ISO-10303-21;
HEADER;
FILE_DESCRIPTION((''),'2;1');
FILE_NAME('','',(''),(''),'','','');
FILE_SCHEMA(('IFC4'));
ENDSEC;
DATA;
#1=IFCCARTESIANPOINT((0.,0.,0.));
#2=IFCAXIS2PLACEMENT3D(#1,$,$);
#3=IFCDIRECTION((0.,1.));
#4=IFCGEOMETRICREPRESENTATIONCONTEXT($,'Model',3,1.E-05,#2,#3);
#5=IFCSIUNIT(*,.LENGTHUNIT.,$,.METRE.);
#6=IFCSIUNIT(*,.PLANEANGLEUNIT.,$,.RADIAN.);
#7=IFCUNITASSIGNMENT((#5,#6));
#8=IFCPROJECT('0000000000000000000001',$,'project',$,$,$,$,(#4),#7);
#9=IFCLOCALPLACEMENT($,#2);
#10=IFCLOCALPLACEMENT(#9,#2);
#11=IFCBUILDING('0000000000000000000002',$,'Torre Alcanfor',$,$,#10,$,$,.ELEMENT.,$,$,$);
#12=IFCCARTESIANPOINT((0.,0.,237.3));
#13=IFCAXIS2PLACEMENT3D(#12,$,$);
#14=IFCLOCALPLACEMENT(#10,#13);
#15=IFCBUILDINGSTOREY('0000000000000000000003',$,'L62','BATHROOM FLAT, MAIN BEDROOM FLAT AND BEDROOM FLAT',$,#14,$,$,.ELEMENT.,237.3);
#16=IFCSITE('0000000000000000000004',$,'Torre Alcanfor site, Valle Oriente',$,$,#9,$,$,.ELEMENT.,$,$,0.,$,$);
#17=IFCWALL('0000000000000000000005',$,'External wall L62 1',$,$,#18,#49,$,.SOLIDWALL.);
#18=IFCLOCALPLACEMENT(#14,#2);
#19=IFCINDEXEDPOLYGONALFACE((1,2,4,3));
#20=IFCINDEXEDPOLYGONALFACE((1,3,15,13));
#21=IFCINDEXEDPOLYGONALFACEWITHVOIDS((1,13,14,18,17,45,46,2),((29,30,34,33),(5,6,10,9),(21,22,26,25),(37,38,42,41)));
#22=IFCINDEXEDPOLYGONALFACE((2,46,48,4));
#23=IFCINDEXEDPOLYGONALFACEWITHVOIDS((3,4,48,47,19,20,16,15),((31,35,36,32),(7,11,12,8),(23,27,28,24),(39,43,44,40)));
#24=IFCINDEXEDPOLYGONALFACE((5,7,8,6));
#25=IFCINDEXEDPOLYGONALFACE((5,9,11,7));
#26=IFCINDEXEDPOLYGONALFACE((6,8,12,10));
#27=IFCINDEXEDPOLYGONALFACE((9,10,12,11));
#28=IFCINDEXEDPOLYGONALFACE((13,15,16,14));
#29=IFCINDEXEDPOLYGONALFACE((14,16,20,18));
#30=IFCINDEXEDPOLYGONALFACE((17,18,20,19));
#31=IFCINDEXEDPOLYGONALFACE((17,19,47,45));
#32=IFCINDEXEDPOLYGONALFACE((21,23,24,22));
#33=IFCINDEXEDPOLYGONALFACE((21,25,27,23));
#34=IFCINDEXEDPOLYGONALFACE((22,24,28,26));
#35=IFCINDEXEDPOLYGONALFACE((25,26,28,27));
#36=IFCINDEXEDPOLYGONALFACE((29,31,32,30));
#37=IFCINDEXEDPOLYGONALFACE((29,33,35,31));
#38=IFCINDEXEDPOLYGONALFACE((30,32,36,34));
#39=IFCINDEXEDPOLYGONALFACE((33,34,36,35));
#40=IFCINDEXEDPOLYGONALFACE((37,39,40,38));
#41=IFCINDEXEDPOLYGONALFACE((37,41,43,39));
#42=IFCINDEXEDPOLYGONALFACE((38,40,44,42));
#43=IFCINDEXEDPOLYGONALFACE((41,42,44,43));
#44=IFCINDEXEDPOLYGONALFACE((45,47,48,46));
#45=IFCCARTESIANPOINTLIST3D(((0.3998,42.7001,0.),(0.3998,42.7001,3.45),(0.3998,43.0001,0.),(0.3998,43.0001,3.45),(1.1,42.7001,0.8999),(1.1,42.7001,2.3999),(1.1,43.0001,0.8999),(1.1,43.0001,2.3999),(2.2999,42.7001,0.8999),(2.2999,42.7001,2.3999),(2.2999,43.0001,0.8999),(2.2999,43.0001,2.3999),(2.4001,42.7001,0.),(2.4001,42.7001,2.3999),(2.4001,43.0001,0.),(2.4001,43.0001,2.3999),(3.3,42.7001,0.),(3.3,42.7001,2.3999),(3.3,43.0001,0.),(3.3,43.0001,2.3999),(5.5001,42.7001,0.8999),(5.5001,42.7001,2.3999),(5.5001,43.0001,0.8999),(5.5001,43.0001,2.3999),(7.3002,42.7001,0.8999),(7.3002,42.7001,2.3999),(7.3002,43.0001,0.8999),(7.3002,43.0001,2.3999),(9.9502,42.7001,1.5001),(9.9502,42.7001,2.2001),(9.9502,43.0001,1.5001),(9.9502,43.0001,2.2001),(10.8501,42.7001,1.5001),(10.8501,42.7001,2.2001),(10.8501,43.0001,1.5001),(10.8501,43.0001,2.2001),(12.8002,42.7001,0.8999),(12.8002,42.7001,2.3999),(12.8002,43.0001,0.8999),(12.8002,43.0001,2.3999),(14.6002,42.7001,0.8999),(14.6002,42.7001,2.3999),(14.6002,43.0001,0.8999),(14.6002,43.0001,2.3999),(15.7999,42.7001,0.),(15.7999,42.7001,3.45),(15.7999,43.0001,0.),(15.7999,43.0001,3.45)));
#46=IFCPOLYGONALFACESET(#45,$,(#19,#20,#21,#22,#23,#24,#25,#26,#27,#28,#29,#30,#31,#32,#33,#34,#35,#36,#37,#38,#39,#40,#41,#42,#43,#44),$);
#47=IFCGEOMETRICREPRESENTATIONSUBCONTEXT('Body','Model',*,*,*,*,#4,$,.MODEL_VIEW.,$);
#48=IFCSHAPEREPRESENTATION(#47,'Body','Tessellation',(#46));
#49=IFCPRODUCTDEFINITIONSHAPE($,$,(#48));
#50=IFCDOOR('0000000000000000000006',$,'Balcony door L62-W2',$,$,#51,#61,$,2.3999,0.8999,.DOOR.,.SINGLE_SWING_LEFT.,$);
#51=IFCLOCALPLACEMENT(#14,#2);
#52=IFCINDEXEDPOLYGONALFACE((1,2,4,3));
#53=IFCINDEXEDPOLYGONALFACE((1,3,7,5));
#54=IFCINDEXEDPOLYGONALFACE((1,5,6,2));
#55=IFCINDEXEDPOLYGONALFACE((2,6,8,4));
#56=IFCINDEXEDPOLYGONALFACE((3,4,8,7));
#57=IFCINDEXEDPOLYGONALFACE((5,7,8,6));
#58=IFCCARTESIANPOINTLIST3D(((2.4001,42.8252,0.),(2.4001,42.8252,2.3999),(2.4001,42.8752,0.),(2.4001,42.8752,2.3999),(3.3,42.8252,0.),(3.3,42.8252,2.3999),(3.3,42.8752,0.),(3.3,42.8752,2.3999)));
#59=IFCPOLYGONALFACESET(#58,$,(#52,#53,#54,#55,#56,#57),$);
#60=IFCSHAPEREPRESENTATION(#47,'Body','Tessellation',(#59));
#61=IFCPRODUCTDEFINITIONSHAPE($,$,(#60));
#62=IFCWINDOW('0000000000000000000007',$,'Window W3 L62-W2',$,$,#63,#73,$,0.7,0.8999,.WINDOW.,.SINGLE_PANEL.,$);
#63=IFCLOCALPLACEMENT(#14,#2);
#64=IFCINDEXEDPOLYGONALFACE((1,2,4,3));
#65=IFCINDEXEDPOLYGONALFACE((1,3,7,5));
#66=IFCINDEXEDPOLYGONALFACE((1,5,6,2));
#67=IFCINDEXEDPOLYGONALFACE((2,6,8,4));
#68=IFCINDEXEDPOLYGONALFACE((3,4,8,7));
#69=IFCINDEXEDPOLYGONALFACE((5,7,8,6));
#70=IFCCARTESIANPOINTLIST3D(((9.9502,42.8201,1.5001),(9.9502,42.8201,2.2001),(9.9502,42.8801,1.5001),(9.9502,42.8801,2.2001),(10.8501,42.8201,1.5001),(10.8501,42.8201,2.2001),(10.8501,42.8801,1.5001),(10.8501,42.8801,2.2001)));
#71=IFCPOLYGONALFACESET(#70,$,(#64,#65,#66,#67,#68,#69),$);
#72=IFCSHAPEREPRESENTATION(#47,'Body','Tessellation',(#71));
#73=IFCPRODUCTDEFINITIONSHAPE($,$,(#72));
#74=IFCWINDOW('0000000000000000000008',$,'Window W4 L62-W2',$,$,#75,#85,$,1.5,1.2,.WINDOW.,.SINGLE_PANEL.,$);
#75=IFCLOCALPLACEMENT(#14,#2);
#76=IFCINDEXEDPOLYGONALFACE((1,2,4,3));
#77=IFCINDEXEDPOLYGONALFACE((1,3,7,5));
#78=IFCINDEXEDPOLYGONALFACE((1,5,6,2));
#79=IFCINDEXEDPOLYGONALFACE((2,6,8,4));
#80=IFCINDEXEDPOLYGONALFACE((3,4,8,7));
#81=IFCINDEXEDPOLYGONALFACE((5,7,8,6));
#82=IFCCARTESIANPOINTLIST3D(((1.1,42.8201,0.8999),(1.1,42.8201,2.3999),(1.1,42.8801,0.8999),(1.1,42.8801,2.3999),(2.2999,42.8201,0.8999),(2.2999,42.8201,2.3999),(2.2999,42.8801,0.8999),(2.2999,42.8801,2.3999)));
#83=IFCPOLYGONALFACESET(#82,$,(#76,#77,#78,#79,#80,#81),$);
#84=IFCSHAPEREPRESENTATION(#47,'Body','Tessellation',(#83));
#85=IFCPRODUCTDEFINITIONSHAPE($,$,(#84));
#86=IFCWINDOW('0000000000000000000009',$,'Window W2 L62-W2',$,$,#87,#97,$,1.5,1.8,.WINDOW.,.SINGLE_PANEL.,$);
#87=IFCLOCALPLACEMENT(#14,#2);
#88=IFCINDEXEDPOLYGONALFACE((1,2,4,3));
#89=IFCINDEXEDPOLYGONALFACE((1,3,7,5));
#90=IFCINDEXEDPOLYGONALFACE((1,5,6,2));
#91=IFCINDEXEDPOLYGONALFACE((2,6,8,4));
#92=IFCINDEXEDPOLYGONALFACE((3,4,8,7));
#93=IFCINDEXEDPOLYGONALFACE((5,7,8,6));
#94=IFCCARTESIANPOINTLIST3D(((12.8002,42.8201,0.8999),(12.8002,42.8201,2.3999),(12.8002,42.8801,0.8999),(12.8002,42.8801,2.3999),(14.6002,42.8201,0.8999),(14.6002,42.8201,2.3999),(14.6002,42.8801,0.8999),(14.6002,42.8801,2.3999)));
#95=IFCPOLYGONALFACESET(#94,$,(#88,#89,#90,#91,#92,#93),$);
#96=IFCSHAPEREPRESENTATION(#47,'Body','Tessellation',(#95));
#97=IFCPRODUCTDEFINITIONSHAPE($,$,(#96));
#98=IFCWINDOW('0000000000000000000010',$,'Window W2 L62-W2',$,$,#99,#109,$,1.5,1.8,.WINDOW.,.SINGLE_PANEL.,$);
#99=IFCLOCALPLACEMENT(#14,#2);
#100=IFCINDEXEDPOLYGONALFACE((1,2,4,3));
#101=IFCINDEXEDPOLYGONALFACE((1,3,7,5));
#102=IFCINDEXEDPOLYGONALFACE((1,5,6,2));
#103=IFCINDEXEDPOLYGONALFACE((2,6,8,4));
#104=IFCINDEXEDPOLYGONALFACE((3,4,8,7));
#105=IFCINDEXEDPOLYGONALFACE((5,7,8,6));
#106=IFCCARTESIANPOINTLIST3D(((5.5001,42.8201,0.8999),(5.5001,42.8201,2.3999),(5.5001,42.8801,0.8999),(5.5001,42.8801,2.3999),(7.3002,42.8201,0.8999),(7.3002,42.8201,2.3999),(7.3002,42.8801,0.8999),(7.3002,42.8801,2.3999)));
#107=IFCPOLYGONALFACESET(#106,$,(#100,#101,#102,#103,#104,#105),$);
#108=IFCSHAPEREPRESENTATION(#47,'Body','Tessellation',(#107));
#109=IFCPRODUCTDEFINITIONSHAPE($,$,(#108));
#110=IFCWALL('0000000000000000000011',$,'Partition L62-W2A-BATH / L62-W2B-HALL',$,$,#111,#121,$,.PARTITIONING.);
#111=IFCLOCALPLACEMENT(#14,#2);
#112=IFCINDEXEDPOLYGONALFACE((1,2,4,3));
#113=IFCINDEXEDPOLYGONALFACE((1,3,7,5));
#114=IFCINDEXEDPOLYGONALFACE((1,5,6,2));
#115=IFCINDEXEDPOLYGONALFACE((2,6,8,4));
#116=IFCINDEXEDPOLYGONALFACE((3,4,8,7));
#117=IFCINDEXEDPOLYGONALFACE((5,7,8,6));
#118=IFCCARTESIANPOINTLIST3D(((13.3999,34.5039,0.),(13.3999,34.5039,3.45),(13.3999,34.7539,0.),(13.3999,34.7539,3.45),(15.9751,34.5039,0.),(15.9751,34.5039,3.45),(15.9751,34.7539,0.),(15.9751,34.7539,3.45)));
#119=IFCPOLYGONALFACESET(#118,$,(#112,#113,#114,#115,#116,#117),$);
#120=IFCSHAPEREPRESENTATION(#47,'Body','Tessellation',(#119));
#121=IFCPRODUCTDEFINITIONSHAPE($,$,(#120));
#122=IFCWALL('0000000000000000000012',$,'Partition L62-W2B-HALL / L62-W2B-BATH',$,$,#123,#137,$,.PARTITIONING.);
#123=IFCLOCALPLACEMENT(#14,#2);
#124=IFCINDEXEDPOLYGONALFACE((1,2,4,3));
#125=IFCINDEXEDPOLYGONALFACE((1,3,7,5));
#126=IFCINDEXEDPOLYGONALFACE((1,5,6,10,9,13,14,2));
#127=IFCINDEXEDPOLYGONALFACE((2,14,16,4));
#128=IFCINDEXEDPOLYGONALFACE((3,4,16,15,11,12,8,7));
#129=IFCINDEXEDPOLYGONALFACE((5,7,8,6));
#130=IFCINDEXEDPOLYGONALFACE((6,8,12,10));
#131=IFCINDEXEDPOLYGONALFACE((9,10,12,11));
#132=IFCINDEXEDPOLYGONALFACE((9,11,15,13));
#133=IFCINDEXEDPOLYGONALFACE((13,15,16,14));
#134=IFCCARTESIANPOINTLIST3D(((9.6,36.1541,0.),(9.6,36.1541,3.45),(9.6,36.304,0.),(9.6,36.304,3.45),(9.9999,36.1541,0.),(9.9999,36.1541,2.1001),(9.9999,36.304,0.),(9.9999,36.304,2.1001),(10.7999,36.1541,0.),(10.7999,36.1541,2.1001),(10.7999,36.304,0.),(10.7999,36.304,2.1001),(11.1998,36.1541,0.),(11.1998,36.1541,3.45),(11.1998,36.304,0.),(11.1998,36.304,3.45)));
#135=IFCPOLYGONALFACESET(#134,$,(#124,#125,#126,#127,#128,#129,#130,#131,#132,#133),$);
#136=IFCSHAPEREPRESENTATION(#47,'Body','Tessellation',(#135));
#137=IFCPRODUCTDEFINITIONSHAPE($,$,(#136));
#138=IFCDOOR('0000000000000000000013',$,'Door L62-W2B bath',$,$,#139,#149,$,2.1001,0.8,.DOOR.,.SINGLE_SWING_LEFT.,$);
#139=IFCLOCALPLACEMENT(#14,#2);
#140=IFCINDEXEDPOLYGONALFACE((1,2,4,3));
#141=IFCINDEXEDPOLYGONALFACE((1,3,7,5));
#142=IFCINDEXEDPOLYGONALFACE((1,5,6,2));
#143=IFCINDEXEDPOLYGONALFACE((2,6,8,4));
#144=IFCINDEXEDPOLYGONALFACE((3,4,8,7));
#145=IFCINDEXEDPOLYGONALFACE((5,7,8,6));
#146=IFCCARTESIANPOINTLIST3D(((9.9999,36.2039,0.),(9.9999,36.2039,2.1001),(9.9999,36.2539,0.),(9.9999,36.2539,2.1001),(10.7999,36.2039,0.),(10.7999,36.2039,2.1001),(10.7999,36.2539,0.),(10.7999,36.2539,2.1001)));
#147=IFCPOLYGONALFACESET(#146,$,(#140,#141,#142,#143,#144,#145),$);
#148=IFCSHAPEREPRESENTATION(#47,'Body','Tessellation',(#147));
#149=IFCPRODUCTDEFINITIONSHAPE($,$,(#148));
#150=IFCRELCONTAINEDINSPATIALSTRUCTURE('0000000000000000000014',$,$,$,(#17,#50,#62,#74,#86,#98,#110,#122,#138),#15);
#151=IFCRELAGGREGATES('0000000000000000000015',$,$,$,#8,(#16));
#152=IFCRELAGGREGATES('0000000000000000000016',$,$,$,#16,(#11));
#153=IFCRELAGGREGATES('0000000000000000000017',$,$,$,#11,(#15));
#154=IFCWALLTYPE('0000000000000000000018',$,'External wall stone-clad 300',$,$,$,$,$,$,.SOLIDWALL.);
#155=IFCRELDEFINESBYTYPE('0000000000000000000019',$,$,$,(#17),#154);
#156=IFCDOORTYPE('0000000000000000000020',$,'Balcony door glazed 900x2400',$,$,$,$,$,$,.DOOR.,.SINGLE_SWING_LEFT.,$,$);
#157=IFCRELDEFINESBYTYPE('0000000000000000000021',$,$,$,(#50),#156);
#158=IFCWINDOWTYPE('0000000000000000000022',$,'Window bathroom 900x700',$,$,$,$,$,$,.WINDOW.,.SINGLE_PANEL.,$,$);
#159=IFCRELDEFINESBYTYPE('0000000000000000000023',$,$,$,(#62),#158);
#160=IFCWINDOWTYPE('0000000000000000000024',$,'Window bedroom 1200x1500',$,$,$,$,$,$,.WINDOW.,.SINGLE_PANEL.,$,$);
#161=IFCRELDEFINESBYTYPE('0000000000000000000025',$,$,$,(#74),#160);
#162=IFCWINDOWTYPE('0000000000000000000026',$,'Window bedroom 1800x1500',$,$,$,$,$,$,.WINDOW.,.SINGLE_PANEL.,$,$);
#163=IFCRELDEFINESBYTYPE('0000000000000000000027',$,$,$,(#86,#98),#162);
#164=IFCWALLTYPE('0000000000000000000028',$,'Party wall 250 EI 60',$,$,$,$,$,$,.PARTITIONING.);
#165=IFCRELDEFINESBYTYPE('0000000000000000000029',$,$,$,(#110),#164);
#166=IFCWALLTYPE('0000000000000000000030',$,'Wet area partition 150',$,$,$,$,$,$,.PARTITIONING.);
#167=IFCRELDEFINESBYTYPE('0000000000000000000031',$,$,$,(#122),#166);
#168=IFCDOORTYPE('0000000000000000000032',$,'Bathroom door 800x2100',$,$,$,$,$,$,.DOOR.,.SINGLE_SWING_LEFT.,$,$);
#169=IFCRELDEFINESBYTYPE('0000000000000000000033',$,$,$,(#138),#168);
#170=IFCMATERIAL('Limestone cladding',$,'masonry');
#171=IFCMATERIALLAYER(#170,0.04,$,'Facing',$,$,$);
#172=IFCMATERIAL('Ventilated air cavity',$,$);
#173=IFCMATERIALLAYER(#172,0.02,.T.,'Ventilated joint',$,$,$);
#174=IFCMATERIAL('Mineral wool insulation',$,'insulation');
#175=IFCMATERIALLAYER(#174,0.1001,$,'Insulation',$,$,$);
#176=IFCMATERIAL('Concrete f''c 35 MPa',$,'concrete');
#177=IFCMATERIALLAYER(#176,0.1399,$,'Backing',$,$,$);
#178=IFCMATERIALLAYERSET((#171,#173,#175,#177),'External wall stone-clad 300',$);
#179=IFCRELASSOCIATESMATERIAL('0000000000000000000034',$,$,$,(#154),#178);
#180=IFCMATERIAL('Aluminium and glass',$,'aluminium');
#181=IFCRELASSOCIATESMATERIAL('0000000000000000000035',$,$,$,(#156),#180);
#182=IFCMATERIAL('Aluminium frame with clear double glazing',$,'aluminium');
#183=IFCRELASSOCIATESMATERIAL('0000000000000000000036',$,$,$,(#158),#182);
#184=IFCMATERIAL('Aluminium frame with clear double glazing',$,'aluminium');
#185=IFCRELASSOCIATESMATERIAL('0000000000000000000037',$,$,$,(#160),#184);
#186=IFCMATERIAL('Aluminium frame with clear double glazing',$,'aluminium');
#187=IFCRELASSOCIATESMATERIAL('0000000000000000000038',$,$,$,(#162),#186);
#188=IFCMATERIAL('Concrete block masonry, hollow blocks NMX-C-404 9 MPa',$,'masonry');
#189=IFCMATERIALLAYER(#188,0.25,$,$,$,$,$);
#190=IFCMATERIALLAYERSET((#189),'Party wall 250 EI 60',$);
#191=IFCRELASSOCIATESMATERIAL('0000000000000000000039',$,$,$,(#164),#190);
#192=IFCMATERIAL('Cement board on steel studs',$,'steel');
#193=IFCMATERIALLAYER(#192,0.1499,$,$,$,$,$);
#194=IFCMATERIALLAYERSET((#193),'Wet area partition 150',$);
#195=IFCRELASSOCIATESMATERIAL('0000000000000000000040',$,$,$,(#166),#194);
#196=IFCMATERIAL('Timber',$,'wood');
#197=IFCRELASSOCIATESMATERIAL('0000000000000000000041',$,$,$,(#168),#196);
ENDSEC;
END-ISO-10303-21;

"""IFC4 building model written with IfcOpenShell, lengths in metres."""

from ifc_helpers import new_model, si_unit, direction, frame, frame_2d, origin, place, context, subcontext, project, spatial, rectangle, extrude, material, layer, layer_set, type_object, element, fill, save


model = new_model("IFC4")

# Units and contexts
model_context = context("Model", 3, precision=1e-05, world=origin(), true_north=direction((0.0, 1.0)))
body_context = subcontext(model_context, "Body", "Model", "MODEL_VIEW")
ifc_project = project(units=[si_unit("LENGTHUNIT", "METRE"), si_unit("PLANEANGLEUNIT", "RADIAN")], contexts=[model_context])

# Site, building, storey
site_placement = place(None, origin())
site = spatial("IfcSite", under=ifc_project, at=site_placement, Name="Torre Alcanfor site, Valle Oriente", CompositionType="ELEMENT", RefElevation=0.0)
building_placement = place(site_placement, origin())
building = spatial("IfcBuilding", under=site, at=building_placement, Name="Torre Alcanfor", CompositionType="ELEMENT")
storey_placement = place(building_placement, frame((0.0, 0.0, 237.3)))
storey = spatial("IfcBuildingStorey", under=building, at=storey_placement, Name="L62", Description="BATHROOM FLAT, MAIN BEDROOM FLAT AND BEDROOM FLAT", CompositionType="ELEMENT", Elevation=237.3)

# Wall, openings, door, windows
ifc_material_1 = material(Name="Limestone cladding", Category="masonry")
ifc_layer_1 = layer(ifc_material_1, 0.04, Name="Facing")
ifc_material_2 = material(Name="Ventilated air cavity")
ifc_layer_2 = layer(ifc_material_2, 0.02, ventilated=True, Name="Ventilated joint")
ifc_material_3 = material(Name="Mineral wool insulation", Category="insulation")
ifc_layer_3 = layer(ifc_material_3, 0.1001, Name="Insulation")
ifc_material_4 = material(Name="Concrete f'c 35 MPa", Category="concrete")
ifc_layer_4 = layer(ifc_material_4, 0.1399, Name="Backing")
ifc_layer_set_1 = layer_set([ifc_layer_1, ifc_layer_2, ifc_layer_3, ifc_layer_4], Name="External wall stone-clad 300")
wall_type_1 = type_object("IfcWallType", Name="External wall stone-clad 300", PredefinedType="SOLIDWALL", material=ifc_layer_set_1)
wall_1_placement = place(storey_placement, frame((15.8, 42.8501, 0.0), z_axis=(0.0, 0.0, 1.0), x_axis=(-1.0, 0.0, 0.0)))
wall_1 = element("IfcWall", 1, at=wall_1_placement, inside=storey, type_object=wall_type_1, Name="External wall L62 1", PredefinedType="SOLIDWALL", context=body_context, shape_type="SweptSolid", body=[
    extrude(rectangle(XDim=15.4001, YDim=0.3, at=frame_2d((7.7002, 0.0))), origin(), (0.0, 0.0, 1.0), 3.45),
])
opening_1_placement = place(wall_1_placement, frame((1.2, 0.0, 0.8999)))
opening_1 = element("IfcOpeningElement", 2, at=opening_1_placement, cuts=wall_1, PredefinedType="OPENING", context=body_context, shape_type="SweptSolid", body=[
    extrude(rectangle(XDim=1.8, YDim=1.5, at=frame_2d((0.8999, 0.75))), frame((0.0, 0.1599, 0.0), z_axis=(0.0, -1.0, 0.0), x_axis=(1.0, 0.0, 0.0)), (0.0, 0.0, 1.0), 0.3201),
])
opening_2_placement = place(wall_1_placement, frame((4.95, 0.0, 1.5)))
opening_2 = element("IfcOpeningElement", 3, at=opening_2_placement, cuts=wall_1, PredefinedType="OPENING", context=body_context, shape_type="SweptSolid", body=[
    extrude(rectangle(XDim=0.8999, YDim=0.7, at=frame_2d((0.45, 0.3501))), frame((0.0, 0.1599, 0.0), z_axis=(0.0, -1.0, 0.0), x_axis=(1.0, 0.0, 0.0)), (0.0, 0.0, 1.0), 0.3201),
])
opening_3_placement = place(wall_1_placement, frame((8.5, 0.0, 0.8999)))
opening_3 = element("IfcOpeningElement", 4, at=opening_3_placement, cuts=wall_1, PredefinedType="OPENING", context=body_context, shape_type="SweptSolid", body=[
    extrude(rectangle(XDim=1.8, YDim=1.5, at=frame_2d((0.8999, 0.75))), frame((0.0, 0.1599, 0.0), z_axis=(0.0, -1.0, 0.0), x_axis=(1.0, 0.0, 0.0)), (0.0, 0.0, 1.0), 0.3201),
])
opening_4_placement = place(wall_1_placement, frame((12.5, 0.0, 0.0)))
opening_4 = element("IfcOpeningElement", 5, at=opening_4_placement, cuts=wall_1, PredefinedType="OPENING", context=body_context, shape_type="SweptSolid", body=[
    extrude(rectangle(XDim=0.8999, YDim=2.3999, at=frame_2d((0.45, 1.2))), frame((0.0, 0.1599, 0.0), z_axis=(0.0, -1.0, 0.0), x_axis=(1.0, 0.0, 0.0)), (0.0, 0.0, 1.0), 0.3201),
])
opening_5_placement = place(wall_1_placement, frame((13.5, 0.0, 0.8999)))
opening_5 = element("IfcOpeningElement", 6, at=opening_5_placement, cuts=wall_1, PredefinedType="OPENING", context=body_context, shape_type="SweptSolid", body=[
    extrude(rectangle(XDim=1.2, YDim=1.5, at=frame_2d((0.6001, 0.75))), frame((0.0, 0.1599, 0.0), z_axis=(0.0, -1.0, 0.0), x_axis=(1.0, 0.0, 0.0)), (0.0, 0.0, 1.0), 0.3201),
])
ifc_material_5 = material(Name="Aluminium and glass", Category="aluminium")
door_type_1 = type_object("IfcDoorType", Name="Balcony door glazed 900x2400", OperationType="SINGLE_SWING_LEFT", PredefinedType="DOOR", material=ifc_material_5)
door_1_placement = place(opening_4_placement, origin())
door_1 = element("IfcDoor", 7, at=door_1_placement, inside=storey, type_object=door_type_1, Name="Balcony door L62-W2", OperationType="SINGLE_SWING_LEFT", OverallHeight=2.3999, OverallWidth=0.8999, PredefinedType="DOOR", context=body_context, shape_type="SweptSolid", body=[
    extrude(rectangle(XDim=0.8999, YDim=2.3999, at=frame_2d((0.45, 1.2))), frame((0.0, 0.0249, 0.0), z_axis=(0.0, -1.0, 0.0), x_axis=(1.0, 0.0, 0.0)), (0.0, 0.0, 1.0), 0.05),
])
fill(opening_4, door_1)
ifc_material_6 = material(Name="Aluminium frame with clear double glazing", Category="aluminium")
window_type_1 = type_object("IfcWindowType", Name="Window bathroom 900x700", PartitioningType="SINGLE_PANEL", PredefinedType="WINDOW", material=ifc_material_6)
window_1_placement = place(opening_2_placement, origin())
window_1 = element("IfcWindow", 8, at=window_1_placement, inside=storey, type_object=window_type_1, Name="Window W3 L62-W2", OverallHeight=0.7, OverallWidth=0.8999, PartitioningType="SINGLE_PANEL", PredefinedType="WINDOW", context=body_context, shape_type="SweptSolid", body=[
    extrude(rectangle(XDim=0.8999, YDim=0.7, at=frame_2d((0.45, 0.3501))), frame((0.0, 0.03, 0.0), z_axis=(0.0, -1.0, 0.0), x_axis=(1.0, 0.0, 0.0)), (0.0, 0.0, 1.0), 0.0601),
])
fill(opening_2, window_1)
ifc_material_7 = material(Name="Aluminium frame with clear double glazing", Category="aluminium")
window_type_2 = type_object("IfcWindowType", Name="Window bedroom 1200x1500", PartitioningType="SINGLE_PANEL", PredefinedType="WINDOW", material=ifc_material_7)
window_2_placement = place(opening_5_placement, origin())
window_2 = element("IfcWindow", 9, at=window_2_placement, inside=storey, type_object=window_type_2, Name="Window W4 L62-W2", OverallHeight=1.5, OverallWidth=1.2, PartitioningType="SINGLE_PANEL", PredefinedType="WINDOW", context=body_context, shape_type="SweptSolid", body=[
    extrude(rectangle(XDim=1.2, YDim=1.5, at=frame_2d((0.6001, 0.75))), frame((0.0, 0.03, 0.0), z_axis=(0.0, -1.0, 0.0), x_axis=(1.0, 0.0, 0.0)), (0.0, 0.0, 1.0), 0.0601),
])
fill(opening_5, window_2)
ifc_material_8 = material(Name="Aluminium frame with clear double glazing", Category="aluminium")
window_type_3 = type_object("IfcWindowType", Name="Window bedroom 1800x1500", PartitioningType="SINGLE_PANEL", PredefinedType="WINDOW", material=ifc_material_8)
window_3_placement = place(opening_1_placement, origin())
window_3 = element("IfcWindow", 10, at=window_3_placement, inside=storey, type_object=window_type_3, Name="Window W2 L62-W2", OverallHeight=1.5, OverallWidth=1.8, PartitioningType="SINGLE_PANEL", PredefinedType="WINDOW", context=body_context, shape_type="SweptSolid", body=[
    extrude(rectangle(XDim=1.8, YDim=1.5, at=frame_2d((0.8999, 0.75))), frame((0.0, 0.03, 0.0), z_axis=(0.0, -1.0, 0.0), x_axis=(1.0, 0.0, 0.0)), (0.0, 0.0, 1.0), 0.0601),
])
fill(opening_1, window_3)
window_4_placement = place(opening_3_placement, origin())
window_4 = element("IfcWindow", 11, at=window_4_placement, inside=storey, type_object=window_type_3, Name="Window W2 L62-W2", OverallHeight=1.5, OverallWidth=1.8, PartitioningType="SINGLE_PANEL", PredefinedType="WINDOW", context=body_context, shape_type="SweptSolid", body=[
    extrude(rectangle(XDim=1.8, YDim=1.5, at=frame_2d((0.8999, 0.75))), frame((0.0, 0.03, 0.0), z_axis=(0.0, -1.0, 0.0), x_axis=(1.0, 0.0, 0.0)), (0.0, 0.0, 1.0), 0.0601),
])
fill(opening_3, window_4)

# Wall
ifc_material_9 = material(Name="Concrete block masonry, hollow blocks NMX-C-404 9 MPa", Category="masonry")
ifc_layer_5 = layer(ifc_material_9, 0.25)
ifc_layer_set_2 = layer_set([ifc_layer_5], Name="Party wall 250 EI 60")
wall_type_2 = type_object("IfcWallType", Name="Party wall 250 EI 60", PredefinedType="PARTITIONING", material=ifc_layer_set_2)
wall_2_placement = place(storey_placement, frame((13.3999, 34.6289, 0.0), z_axis=(0.0, 0.0, 1.0), x_axis=(1.0, 0.0, 0.0)))
element("IfcWall", 12, at=wall_2_placement, inside=storey, type_object=wall_type_2, Name="Partition L62-W2A-BATH / L62-W2B-HALL", PredefinedType="PARTITIONING", context=body_context, shape_type="SweptSolid", body=[
    extrude(rectangle(XDim=2.5752, YDim=0.25, at=frame_2d((1.2876, 0.0))), origin(), (0.0, 0.0, 1.0), 3.45),
])

# Wall, opening, door
ifc_material_10 = material(Name="Cement board on steel studs", Category="steel")
ifc_layer_6 = layer(ifc_material_10, 0.1499)
ifc_layer_set_3 = layer_set([ifc_layer_6], Name="Wet area partition 150")
wall_type_3 = type_object("IfcWallType", Name="Wet area partition 150", PredefinedType="PARTITIONING", material=ifc_layer_set_3)
wall_3_placement = place(storey_placement, frame((9.6001, 36.229, 0.0), z_axis=(0.0, 0.0, 1.0), x_axis=(1.0, 0.0, 0.0)))
wall_3 = element("IfcWall", 13, at=wall_3_placement, inside=storey, type_object=wall_type_3, Name="Partition L62-W2B-HALL / L62-W2B-BATH", PredefinedType="PARTITIONING", context=body_context, shape_type="SweptSolid", body=[
    extrude(rectangle(XDim=1.5999, YDim=0.1499, at=frame_2d((0.7998, 0.0))), origin(), (0.0, 0.0, 1.0), 3.45),
])
opening_6_placement = place(wall_3_placement, frame((0.3999, 0.0, 0.0)))
opening_6 = element("IfcOpeningElement", 14, at=opening_6_placement, cuts=wall_3, PredefinedType="OPENING", context=body_context, shape_type="SweptSolid", body=[
    extrude(rectangle(XDim=0.8, YDim=2.1001, at=frame_2d((0.3999, 1.05))), frame((0.0, 0.085, 0.0), z_axis=(0.0, -1.0, 0.0), x_axis=(1.0, 0.0, 0.0)), (0.0, 0.0, 1.0), 0.1699),
])
ifc_material_11 = material(Name="Timber", Category="wood")
door_type_2 = type_object("IfcDoorType", Name="Bathroom door 800x2100", OperationType="SINGLE_SWING_LEFT", PredefinedType="DOOR", material=ifc_material_11)
door_2_placement = place(opening_6_placement, origin())
door_2 = element("IfcDoor", 15, at=door_2_placement, inside=storey, type_object=door_type_2, Name="Door L62-W2B bath", OperationType="SINGLE_SWING_LEFT", OverallHeight=2.1001, OverallWidth=0.8, PredefinedType="DOOR", context=body_context, shape_type="SweptSolid", body=[
    extrude(rectangle(XDim=0.8, YDim=2.1001, at=frame_2d((0.3999, 1.05))), frame((0.0, 0.0249, 0.0), z_axis=(0.0, -1.0, 0.0), x_axis=(1.0, 0.0, 0.0)), (0.0, 0.0, 1.0), 0.05),
])
fill(opening_6, door_2)

save(model, "model.ifc")
